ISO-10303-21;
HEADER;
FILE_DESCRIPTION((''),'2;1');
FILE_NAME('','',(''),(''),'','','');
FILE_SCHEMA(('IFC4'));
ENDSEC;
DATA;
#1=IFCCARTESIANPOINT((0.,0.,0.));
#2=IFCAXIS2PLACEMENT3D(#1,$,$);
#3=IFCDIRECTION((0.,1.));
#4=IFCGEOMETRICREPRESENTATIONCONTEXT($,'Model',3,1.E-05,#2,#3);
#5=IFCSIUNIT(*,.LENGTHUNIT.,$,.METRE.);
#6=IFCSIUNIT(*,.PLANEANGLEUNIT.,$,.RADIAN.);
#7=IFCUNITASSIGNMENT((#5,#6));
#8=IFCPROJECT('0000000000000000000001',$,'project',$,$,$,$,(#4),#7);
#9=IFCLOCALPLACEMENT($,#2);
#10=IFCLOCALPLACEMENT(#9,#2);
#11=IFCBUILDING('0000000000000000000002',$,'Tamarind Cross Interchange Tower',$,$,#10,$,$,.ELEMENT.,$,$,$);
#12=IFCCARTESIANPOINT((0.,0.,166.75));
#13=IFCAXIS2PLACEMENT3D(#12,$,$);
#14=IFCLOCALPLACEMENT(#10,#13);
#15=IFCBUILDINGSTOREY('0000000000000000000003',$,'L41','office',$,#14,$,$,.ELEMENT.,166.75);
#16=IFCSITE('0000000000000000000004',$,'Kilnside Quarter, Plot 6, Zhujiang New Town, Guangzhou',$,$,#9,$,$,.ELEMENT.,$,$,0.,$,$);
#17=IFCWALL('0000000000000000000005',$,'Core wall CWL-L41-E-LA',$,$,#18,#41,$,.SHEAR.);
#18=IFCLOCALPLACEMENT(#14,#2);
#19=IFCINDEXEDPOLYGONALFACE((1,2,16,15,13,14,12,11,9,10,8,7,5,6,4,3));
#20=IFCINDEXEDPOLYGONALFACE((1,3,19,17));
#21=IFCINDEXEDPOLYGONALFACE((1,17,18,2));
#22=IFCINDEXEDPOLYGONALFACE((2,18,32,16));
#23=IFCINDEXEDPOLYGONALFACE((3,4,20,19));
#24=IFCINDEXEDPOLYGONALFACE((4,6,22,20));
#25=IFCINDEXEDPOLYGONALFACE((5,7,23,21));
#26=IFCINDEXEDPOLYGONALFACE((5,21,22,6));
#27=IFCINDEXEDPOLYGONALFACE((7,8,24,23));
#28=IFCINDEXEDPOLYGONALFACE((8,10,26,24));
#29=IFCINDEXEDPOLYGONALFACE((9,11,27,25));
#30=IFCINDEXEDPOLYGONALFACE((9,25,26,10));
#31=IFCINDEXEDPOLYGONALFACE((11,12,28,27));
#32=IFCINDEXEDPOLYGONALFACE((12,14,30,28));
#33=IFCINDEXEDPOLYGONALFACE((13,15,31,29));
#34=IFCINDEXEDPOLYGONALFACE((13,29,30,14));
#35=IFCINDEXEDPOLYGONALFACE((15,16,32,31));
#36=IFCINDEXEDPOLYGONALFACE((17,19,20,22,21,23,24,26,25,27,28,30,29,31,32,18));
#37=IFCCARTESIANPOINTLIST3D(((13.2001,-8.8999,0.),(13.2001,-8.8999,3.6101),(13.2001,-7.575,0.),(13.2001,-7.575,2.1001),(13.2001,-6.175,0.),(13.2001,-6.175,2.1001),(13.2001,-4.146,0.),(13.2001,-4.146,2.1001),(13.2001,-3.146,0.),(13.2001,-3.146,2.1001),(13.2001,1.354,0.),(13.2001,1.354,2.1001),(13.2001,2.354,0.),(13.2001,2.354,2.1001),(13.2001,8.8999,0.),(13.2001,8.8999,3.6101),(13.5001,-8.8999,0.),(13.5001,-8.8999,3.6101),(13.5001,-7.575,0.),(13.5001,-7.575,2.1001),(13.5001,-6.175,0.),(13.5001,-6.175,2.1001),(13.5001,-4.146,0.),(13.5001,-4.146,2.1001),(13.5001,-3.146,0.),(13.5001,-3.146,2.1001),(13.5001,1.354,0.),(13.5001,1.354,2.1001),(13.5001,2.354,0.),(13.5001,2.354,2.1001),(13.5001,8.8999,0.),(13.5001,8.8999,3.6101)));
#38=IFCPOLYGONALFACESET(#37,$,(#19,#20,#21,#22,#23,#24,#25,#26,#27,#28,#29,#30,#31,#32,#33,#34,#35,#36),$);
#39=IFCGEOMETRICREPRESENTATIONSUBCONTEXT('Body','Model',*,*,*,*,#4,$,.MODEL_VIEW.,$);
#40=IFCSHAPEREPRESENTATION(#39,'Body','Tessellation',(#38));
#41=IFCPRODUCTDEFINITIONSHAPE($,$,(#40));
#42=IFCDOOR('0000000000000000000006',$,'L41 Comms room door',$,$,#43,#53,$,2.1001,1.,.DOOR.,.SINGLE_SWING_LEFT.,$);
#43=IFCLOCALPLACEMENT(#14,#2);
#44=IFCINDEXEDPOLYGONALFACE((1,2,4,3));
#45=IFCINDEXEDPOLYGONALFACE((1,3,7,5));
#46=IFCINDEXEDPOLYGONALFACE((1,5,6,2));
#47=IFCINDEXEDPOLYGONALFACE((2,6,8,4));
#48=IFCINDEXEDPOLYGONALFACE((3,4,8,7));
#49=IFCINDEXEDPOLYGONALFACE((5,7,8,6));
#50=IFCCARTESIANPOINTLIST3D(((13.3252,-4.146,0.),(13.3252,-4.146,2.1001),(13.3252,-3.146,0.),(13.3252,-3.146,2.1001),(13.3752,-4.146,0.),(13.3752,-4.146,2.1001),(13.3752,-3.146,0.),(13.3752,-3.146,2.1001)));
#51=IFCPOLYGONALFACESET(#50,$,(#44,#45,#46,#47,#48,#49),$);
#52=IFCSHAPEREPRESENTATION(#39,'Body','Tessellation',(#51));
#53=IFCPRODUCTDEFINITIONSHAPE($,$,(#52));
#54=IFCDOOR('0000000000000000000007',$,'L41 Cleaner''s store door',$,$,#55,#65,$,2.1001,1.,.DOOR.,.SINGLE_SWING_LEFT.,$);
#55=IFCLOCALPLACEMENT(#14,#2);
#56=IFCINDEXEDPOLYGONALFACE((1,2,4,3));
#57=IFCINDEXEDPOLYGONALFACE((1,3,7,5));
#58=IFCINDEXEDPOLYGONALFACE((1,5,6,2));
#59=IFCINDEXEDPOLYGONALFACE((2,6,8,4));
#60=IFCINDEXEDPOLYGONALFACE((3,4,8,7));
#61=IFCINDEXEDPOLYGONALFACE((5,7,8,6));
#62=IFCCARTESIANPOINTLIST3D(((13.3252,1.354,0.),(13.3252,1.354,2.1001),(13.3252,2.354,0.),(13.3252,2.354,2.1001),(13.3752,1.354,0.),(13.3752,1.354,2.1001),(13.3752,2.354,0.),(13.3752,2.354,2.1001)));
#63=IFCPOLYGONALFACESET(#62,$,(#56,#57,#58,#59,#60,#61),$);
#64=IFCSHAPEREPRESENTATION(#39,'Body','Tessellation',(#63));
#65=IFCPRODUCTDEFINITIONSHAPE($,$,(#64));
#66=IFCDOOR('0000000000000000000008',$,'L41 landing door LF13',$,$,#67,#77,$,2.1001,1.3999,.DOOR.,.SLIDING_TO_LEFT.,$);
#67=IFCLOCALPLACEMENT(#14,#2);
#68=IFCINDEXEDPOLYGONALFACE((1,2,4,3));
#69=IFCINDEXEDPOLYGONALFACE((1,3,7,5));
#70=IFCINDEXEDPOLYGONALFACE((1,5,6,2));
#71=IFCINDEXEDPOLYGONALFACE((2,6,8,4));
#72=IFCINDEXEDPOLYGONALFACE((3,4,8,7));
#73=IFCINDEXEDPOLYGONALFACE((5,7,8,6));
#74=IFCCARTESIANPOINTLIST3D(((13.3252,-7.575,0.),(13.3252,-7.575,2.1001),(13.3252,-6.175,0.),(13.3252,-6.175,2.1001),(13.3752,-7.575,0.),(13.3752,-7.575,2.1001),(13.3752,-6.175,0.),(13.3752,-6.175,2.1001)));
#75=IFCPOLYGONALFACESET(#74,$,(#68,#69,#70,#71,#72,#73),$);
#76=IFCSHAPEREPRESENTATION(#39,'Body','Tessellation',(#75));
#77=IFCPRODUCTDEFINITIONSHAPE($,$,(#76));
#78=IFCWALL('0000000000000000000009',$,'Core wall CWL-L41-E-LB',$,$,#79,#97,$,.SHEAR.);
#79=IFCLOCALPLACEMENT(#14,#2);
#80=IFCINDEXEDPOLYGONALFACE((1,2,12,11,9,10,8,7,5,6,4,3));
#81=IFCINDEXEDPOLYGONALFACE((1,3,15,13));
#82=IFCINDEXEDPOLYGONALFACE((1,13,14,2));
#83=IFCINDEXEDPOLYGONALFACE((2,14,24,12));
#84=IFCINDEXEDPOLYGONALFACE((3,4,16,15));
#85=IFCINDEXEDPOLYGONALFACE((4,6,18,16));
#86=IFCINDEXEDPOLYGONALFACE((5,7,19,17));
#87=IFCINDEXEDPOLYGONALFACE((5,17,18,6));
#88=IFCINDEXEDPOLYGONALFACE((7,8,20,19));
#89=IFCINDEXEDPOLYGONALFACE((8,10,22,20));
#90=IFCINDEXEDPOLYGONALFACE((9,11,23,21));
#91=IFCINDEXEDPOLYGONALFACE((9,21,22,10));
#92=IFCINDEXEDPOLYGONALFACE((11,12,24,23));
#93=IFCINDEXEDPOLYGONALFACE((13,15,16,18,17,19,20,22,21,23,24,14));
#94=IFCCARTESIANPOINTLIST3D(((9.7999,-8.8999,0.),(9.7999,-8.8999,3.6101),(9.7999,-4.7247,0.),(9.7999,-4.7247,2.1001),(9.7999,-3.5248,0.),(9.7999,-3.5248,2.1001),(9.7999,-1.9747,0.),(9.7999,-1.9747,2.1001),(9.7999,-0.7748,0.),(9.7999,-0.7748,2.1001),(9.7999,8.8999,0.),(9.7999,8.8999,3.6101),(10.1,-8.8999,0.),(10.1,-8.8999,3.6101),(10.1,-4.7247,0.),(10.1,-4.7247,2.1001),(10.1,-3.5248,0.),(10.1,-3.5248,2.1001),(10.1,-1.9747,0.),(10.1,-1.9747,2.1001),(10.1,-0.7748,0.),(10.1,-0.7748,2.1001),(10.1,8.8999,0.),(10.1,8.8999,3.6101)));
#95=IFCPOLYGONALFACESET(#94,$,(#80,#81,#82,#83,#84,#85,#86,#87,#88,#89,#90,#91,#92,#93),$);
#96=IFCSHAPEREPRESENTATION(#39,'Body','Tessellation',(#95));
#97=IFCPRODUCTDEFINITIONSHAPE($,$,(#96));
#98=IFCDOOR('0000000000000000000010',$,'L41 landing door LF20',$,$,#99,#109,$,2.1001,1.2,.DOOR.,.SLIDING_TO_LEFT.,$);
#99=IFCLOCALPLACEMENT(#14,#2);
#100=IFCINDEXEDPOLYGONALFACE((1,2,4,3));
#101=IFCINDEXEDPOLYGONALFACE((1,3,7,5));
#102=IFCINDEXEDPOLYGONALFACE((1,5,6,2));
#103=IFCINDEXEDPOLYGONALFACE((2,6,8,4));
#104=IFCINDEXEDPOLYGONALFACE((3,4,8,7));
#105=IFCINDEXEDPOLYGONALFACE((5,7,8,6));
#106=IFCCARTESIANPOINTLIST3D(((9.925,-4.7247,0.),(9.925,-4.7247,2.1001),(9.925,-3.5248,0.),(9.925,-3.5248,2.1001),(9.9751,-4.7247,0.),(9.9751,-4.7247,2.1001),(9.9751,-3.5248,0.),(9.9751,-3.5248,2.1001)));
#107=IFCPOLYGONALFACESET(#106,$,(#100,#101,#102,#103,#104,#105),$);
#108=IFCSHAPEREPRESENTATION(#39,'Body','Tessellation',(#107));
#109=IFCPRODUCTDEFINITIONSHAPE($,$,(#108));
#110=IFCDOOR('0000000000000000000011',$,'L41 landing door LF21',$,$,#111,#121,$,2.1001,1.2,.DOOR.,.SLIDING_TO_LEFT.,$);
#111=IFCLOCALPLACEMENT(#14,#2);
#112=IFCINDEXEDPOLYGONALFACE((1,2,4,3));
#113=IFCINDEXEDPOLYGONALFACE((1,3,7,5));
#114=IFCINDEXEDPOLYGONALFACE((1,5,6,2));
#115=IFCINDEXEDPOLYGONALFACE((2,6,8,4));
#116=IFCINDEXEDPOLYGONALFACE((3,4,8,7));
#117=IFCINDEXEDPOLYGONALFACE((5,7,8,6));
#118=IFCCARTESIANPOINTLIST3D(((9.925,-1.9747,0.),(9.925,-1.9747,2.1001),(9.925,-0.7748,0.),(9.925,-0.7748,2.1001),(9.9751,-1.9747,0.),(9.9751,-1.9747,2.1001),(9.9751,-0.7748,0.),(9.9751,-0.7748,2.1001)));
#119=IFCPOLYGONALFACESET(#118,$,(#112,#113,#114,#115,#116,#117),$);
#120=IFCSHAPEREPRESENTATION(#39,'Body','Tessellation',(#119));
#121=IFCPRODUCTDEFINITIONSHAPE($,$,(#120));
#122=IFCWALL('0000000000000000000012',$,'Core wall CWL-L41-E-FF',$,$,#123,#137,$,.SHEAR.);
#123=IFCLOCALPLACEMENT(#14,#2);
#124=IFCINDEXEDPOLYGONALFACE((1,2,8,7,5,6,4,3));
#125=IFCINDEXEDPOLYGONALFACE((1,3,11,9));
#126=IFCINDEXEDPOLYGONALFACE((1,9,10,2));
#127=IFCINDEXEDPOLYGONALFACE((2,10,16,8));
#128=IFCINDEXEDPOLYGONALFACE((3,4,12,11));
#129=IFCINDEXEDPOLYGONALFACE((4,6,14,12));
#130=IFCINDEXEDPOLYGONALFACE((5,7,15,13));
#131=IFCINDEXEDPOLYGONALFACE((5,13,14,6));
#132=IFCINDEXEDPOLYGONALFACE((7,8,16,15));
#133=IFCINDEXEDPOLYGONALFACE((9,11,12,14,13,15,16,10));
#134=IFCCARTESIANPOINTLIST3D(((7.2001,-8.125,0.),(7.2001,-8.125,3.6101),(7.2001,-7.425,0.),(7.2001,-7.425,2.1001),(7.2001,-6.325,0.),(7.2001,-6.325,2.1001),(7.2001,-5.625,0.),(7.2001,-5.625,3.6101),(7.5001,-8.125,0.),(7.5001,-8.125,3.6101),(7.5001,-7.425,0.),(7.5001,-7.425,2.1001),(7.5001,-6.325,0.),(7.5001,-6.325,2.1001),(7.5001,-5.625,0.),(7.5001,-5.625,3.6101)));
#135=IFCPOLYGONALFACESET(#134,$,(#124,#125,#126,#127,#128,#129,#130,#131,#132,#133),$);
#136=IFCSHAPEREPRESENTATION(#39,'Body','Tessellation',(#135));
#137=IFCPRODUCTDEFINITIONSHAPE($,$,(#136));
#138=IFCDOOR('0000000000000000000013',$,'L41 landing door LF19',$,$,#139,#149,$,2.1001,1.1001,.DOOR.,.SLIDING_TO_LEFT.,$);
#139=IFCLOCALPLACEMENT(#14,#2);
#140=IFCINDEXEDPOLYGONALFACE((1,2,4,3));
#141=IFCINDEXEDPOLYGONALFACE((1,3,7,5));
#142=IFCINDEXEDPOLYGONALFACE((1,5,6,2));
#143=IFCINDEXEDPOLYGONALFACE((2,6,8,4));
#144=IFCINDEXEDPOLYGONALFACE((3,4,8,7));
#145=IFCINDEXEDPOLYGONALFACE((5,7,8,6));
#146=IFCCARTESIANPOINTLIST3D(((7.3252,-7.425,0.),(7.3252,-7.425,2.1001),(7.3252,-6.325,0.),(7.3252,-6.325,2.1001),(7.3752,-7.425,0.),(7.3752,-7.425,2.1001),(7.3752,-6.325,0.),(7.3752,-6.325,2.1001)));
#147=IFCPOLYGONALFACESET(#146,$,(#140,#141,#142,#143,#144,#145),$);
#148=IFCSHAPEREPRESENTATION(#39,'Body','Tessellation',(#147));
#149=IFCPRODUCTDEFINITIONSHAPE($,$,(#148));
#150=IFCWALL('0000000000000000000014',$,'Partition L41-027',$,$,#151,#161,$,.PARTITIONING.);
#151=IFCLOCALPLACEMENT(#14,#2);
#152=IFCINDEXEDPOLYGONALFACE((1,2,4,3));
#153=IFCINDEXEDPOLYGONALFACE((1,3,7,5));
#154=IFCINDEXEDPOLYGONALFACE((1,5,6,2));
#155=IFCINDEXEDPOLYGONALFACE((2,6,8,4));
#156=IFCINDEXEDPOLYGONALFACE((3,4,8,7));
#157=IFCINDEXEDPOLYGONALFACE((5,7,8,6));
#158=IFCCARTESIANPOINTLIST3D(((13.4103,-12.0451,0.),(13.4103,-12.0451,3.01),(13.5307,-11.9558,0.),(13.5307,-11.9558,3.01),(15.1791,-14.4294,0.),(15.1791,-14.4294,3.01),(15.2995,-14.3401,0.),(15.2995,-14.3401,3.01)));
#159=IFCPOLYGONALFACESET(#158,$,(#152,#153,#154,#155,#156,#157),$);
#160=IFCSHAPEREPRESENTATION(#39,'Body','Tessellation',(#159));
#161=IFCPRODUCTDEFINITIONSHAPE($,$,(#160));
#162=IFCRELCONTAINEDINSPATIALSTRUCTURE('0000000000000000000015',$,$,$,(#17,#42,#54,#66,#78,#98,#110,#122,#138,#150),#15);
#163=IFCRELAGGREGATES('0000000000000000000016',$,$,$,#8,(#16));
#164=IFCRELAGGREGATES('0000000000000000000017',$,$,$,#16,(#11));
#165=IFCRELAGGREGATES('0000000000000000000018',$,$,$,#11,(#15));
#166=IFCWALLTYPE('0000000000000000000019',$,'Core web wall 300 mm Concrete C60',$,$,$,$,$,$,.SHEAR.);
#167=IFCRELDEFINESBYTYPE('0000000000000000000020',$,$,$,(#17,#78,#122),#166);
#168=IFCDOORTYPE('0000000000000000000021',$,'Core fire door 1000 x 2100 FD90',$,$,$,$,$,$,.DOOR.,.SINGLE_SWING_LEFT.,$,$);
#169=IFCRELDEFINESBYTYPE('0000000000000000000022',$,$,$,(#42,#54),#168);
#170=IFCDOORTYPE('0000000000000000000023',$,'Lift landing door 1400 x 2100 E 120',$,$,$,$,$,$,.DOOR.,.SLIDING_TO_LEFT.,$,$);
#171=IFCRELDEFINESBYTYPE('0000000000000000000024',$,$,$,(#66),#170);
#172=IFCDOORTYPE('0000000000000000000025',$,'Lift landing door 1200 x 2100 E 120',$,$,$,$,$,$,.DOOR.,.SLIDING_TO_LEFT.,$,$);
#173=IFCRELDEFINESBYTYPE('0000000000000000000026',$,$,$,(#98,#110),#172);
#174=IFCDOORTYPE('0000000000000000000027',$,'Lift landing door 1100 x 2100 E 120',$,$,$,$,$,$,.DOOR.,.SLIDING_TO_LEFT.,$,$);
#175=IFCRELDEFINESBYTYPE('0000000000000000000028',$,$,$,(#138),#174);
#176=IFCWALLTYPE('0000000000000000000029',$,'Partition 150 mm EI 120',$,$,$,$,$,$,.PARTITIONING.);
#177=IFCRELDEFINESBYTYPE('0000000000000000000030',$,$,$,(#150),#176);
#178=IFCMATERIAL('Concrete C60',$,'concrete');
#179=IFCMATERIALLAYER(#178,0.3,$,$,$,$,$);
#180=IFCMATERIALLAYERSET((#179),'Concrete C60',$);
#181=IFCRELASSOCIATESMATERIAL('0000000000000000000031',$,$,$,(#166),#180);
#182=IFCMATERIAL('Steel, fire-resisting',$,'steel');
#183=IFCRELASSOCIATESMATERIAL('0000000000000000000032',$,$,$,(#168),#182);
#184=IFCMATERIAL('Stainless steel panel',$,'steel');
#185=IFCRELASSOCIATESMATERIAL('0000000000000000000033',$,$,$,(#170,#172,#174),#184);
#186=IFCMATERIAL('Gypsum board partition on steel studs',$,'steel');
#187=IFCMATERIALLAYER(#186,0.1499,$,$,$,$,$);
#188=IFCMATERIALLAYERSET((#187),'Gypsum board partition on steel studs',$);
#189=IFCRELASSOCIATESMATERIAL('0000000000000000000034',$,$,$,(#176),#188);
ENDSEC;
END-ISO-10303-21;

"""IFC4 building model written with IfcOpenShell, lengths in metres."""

from ifc_helpers import new_model, si_unit, direction, frame, frame_2d, origin, place, context, subcontext, project, spatial, rectangle, extrude, material, layer, layer_set, type_object, element, fill, save


model = new_model("IFC4")

# Units and contexts
model_context = context("Model", 3, precision=1e-05, world=origin(), true_north=direction((0.0, 1.0)))
body_context = subcontext(model_context, "Body", "Model", "MODEL_VIEW")
ifc_project = project(units=[si_unit("LENGTHUNIT", "METRE"), si_unit("PLANEANGLEUNIT", "RADIAN")], contexts=[model_context])

# Site, building, storey
site_placement = place(None, origin())
site = spatial("IfcSite", under=ifc_project, at=site_placement, Name="Kilnside Quarter, Plot 6, Zhujiang New Town, Guangzhou", CompositionType="ELEMENT", RefElevation=0.0)
building_placement = place(site_placement, origin())
building = spatial("IfcBuilding", under=site, at=building_placement, Name="Tamarind Cross Interchange Tower", CompositionType="ELEMENT")
storey_placement = place(building_placement, frame((0.0, 0.0, 166.75)))
storey = spatial("IfcBuildingStorey", under=building, at=storey_placement, Name="L41", Description="office", CompositionType="ELEMENT", Elevation=166.75)

# Shared definitions
ifc_material_1 = material(Name="Concrete C60", Category="concrete")
ifc_material_2 = material(Name="Steel, fire-resisting", Category="steel")

# Shared definitions
ifc_layer_1 = layer(ifc_material_1, 0.3)
ifc_layer_set_1 = layer_set([ifc_layer_1], Name="Concrete C60")
wall_type_1 = type_object("IfcWallType", Name="Core web wall 300 mm Concrete C60", PredefinedType="SHEAR", material=ifc_layer_set_1)

# Walls, openings, doors
wall_1_placement = place(storey_placement, frame((13.3501, -8.8999, 0.0), z_axis=(0.0, 0.0, 1.0), x_axis=(0.0, 1.0, 0.0)))
wall_1 = element("IfcWall", 1, at=wall_1_placement, inside=storey, type_object=wall_type_1, Name="Core wall CWL-L41-E-LA", PredefinedType="SHEAR", context=body_context, shape_type="SweptSolid", body=[
    extrude(rectangle(XDim=17.7998, YDim=0.3, at=frame_2d((8.8999, 0.0))), origin(), (0.0, 0.0, 1.0), 3.6101),
])
opening_1_placement = place(wall_1_placement, frame((1.325, 0.0, 0.0)))
opening_1 = element("IfcOpeningElement", 2, at=opening_1_placement, cuts=wall_1, PredefinedType="OPENING", context=body_context, shape_type="SweptSolid", body=[
    extrude(rectangle(XDim=1.3999, YDim=2.1001, at=frame_2d((0.7, 1.05))), frame((0.0, 0.1599, 0.0), z_axis=(0.0, -1.0, 0.0), x_axis=(1.0, 0.0, 0.0)), (0.0, 0.0, 1.0), 0.3201),
])
opening_2_placement = place(wall_1_placement, frame((4.7539, 0.0, 0.0)))
opening_2 = element("IfcOpeningElement", 3, at=opening_2_placement, cuts=wall_1, PredefinedType="OPENING", context=body_context, shape_type="SweptSolid", body=[
    extrude(rectangle(XDim=1.0, YDim=2.1001, at=frame_2d((0.5, 1.05))), frame((0.0, 0.1599, 0.0), z_axis=(0.0, -1.0, 0.0), x_axis=(1.0, 0.0, 0.0)), (0.0, 0.0, 1.0), 0.3201),
])
opening_3_placement = place(wall_1_placement, frame((10.2539, 0.0, 0.0)))
opening_3 = element("IfcOpeningElement", 4, at=opening_3_placement, cuts=wall_1, PredefinedType="OPENING", context=body_context, shape_type="SweptSolid", body=[
    extrude(rectangle(XDim=1.0, YDim=2.1001, at=frame_2d((0.5, 1.05))), frame((0.0, 0.1599, 0.0), z_axis=(0.0, -1.0, 0.0), x_axis=(1.0, 0.0, 0.0)), (0.0, 0.0, 1.0), 0.3201),
])
door_type_1 = type_object("IfcDoorType", Name="Core fire door 1000 x 2100 FD90", OperationType="SINGLE_SWING_LEFT", PredefinedType="DOOR", material=ifc_material_2)
door_1_placement = place(opening_2_placement, origin())
door_1 = element("IfcDoor", 5, at=door_1_placement, inside=storey, type_object=door_type_1, Name="L41 Comms room door", OperationType="SINGLE_SWING_LEFT", OverallHeight=2.1001, OverallWidth=1.0, PredefinedType="DOOR", context=body_context, shape_type="SweptSolid", body=[
    extrude(rectangle(XDim=1.0, YDim=2.1001, at=frame_2d((0.5, 1.05))), frame((0.0, 0.0249, 0.0), z_axis=(0.0, -1.0, 0.0), x_axis=(1.0, 0.0, 0.0)), (0.0, 0.0, 1.0), 0.05),
])
fill(opening_2, door_1)
door_2_placement = place(opening_3_placement, origin())
door_2 = element("IfcDoor", 6, at=door_2_placement, inside=storey, type_object=door_type_1, Name="L41 Cleaner's store door", OperationType="SINGLE_SWING_LEFT", OverallHeight=2.1001, OverallWidth=1.0, PredefinedType="DOOR", context=body_context, shape_type="SweptSolid", body=[
    extrude(rectangle(XDim=1.0, YDim=2.1001, at=frame_2d((0.5, 1.05))), frame((0.0, 0.0249, 0.0), z_axis=(0.0, -1.0, 0.0), x_axis=(1.0, 0.0, 0.0)), (0.0, 0.0, 1.0), 0.05),
])
fill(opening_3, door_2)
ifc_material_3 = material(Name="Stainless steel panel", Category="steel")
door_type_2 = type_object("IfcDoorType", Name="Lift landing door 1400 x 2100 E 120", OperationType="SLIDING_TO_LEFT", PredefinedType="DOOR", material=ifc_material_3)
door_3_placement = place(opening_1_placement, origin())
door_3 = element("IfcDoor", 7, at=door_3_placement, inside=storey, type_object=door_type_2, Name="L41 landing door LF13", OperationType="SLIDING_TO_LEFT", OverallHeight=2.1001, OverallWidth=1.3999, PredefinedType="DOOR", context=body_context, shape_type="SweptSolid", body=[
    extrude(rectangle(XDim=1.3999, YDim=2.1001, at=frame_2d((0.7, 1.05))), frame((0.0, 0.0249, 0.0), z_axis=(0.0, -1.0, 0.0), x_axis=(1.0, 0.0, 0.0)), (0.0, 0.0, 1.0), 0.05),
])
fill(opening_1, door_3)
wall_2_placement = place(storey_placement, frame((9.95, -8.8999, 0.0), z_axis=(0.0, 0.0, 1.0), x_axis=(0.0, 1.0, 0.0)))
wall_2 = element("IfcWall", 8, at=wall_2_placement, inside=storey, type_object=wall_type_1, Name="Core wall CWL-L41-E-LB", PredefinedType="SHEAR", context=body_context, shape_type="SweptSolid", body=[
    extrude(rectangle(XDim=17.7998, YDim=0.3, at=frame_2d((8.8999, 0.0))), origin(), (0.0, 0.0, 1.0), 3.6101),
])
opening_4_placement = place(wall_2_placement, frame((4.175, 0.0, 0.0)))
opening_4 = element("IfcOpeningElement", 9, at=opening_4_placement, cuts=wall_2, PredefinedType="OPENING", context=body_context, shape_type="SweptSolid", body=[
    extrude(rectangle(XDim=1.2, YDim=2.1001, at=frame_2d((0.6001, 1.05))), frame((0.0, 0.1599, 0.0), z_axis=(0.0, -1.0, 0.0), x_axis=(1.0, 0.0, 0.0)), (0.0, 0.0, 1.0), 0.3201),
])
opening_5_placement = place(wall_2_placement, frame((6.925, 0.0, 0.0)))
opening_5 = element("IfcOpeningElement", 10, at=opening_5_placement, cuts=wall_2, PredefinedType="OPENING", context=body_context, shape_type="SweptSolid", body=[
    extrude(rectangle(XDim=1.2, YDim=2.1001, at=frame_2d((0.6001, 1.05))), frame((0.0, 0.1599, 0.0), z_axis=(0.0, -1.0, 0.0), x_axis=(1.0, 0.0, 0.0)), (0.0, 0.0, 1.0), 0.3201),
])
door_type_3 = type_object("IfcDoorType", Name="Lift landing door 1200 x 2100 E 120", OperationType="SLIDING_TO_LEFT", PredefinedType="DOOR", material=ifc_material_3)
door_4_placement = place(opening_4_placement, origin())
door_4 = element("IfcDoor", 11, at=door_4_placement, inside=storey, type_object=door_type_3, Name="L41 landing door LF20", OperationType="SLIDING_TO_LEFT", OverallHeight=2.1001, OverallWidth=1.2, PredefinedType="DOOR", context=body_context, shape_type="SweptSolid", body=[
    extrude(rectangle(XDim=1.2, YDim=2.1001, at=frame_2d((0.6001, 1.05))), frame((0.0, 0.0249, 0.0), z_axis=(0.0, -1.0, 0.0), x_axis=(1.0, 0.0, 0.0)), (0.0, 0.0, 1.0), 0.05),
])
fill(opening_4, door_4)
door_5_placement = place(opening_5_placement, origin())
door_5 = element("IfcDoor", 12, at=door_5_placement, inside=storey, type_object=door_type_3, Name="L41 landing door LF21", OperationType="SLIDING_TO_LEFT", OverallHeight=2.1001, OverallWidth=1.2, PredefinedType="DOOR", context=body_context, shape_type="SweptSolid", body=[
    extrude(rectangle(XDim=1.2, YDim=2.1001, at=frame_2d((0.6001, 1.05))), frame((0.0, 0.0249, 0.0), z_axis=(0.0, -1.0, 0.0), x_axis=(1.0, 0.0, 0.0)), (0.0, 0.0, 1.0), 0.05),
])
fill(opening_5, door_5)

# Wall, opening, door
wall_3_placement = place(storey_placement, frame((7.3501, -8.125, 0.0), z_axis=(0.0, 0.0, 1.0), x_axis=(0.0, 1.0, 0.0)))
wall_3 = element("IfcWall", 13, at=wall_3_placement, inside=storey, type_object=wall_type_1, Name="Core wall CWL-L41-E-FF", PredefinedType="SHEAR", context=body_context, shape_type="SweptSolid", body=[
    extrude(rectangle(XDim=2.5, YDim=0.3, at=frame_2d((1.25, 0.0))), origin(), (0.0, 0.0, 1.0), 3.6101),
])
opening_6_placement = place(wall_3_placement, frame((0.7, 0.0, 0.0)))
opening_6 = element("IfcOpeningElement", 14, at=opening_6_placement, cuts=wall_3, PredefinedType="OPENING", context=body_context, shape_type="SweptSolid", body=[
    extrude(rectangle(XDim=1.1001, YDim=2.1001, at=frame_2d((0.55, 1.05))), frame((0.0, 0.1599, 0.0), z_axis=(0.0, -1.0, 0.0), x_axis=(1.0, 0.0, 0.0)), (0.0, 0.0, 1.0), 0.3201),
])
door_type_4 = type_object("IfcDoorType", Name="Lift landing door 1100 x 2100 E 120", OperationType="SLIDING_TO_LEFT", PredefinedType="DOOR", material=ifc_material_3)
door_6_placement = place(opening_6_placement, origin())
door_6 = element("IfcDoor", 15, at=door_6_placement, inside=storey, type_object=door_type_4, Name="L41 landing door LF19", OperationType="SLIDING_TO_LEFT", OverallHeight=2.1001, OverallWidth=1.1001, PredefinedType="DOOR", context=body_context, shape_type="SweptSolid", body=[
    extrude(rectangle(XDim=1.1001, YDim=2.1001, at=frame_2d((0.55, 1.05))), frame((0.0, 0.0249, 0.0), z_axis=(0.0, -1.0, 0.0), x_axis=(1.0, 0.0, 0.0)), (0.0, 0.0, 1.0), 0.05),
])
fill(opening_6, door_6)

# Wall
ifc_material_4 = material(Name="Gypsum board partition on steel studs", Category="steel")
ifc_layer_2 = layer(ifc_material_4, 0.1499)
ifc_layer_set_2 = layer_set([ifc_layer_2], Name="Gypsum board partition on steel studs")
wall_type_2 = type_object("IfcWallType", Name="Partition 150 mm EI 120", PredefinedType="PARTITIONING", material=ifc_layer_set_2)
wall_4_placement = place(storey_placement, frame((13.4705, -12.0005, 0.0), z_axis=(0.0, 0.0, 1.0), x_axis=(0.595808, -0.803127, 0.0)))
element("IfcWall", 16, at=wall_4_placement, inside=storey, type_object=wall_type_2, Name="Partition L41-027", PredefinedType="PARTITIONING", context=body_context, shape_type="SweptSolid", body=[
    extrude(rectangle(XDim=2.9688, YDim=0.1499, at=frame_2d((1.4844, 0.0))), origin(), (0.0, 0.0, 1.0), 3.01),
])

save(model, "model.ifc")
